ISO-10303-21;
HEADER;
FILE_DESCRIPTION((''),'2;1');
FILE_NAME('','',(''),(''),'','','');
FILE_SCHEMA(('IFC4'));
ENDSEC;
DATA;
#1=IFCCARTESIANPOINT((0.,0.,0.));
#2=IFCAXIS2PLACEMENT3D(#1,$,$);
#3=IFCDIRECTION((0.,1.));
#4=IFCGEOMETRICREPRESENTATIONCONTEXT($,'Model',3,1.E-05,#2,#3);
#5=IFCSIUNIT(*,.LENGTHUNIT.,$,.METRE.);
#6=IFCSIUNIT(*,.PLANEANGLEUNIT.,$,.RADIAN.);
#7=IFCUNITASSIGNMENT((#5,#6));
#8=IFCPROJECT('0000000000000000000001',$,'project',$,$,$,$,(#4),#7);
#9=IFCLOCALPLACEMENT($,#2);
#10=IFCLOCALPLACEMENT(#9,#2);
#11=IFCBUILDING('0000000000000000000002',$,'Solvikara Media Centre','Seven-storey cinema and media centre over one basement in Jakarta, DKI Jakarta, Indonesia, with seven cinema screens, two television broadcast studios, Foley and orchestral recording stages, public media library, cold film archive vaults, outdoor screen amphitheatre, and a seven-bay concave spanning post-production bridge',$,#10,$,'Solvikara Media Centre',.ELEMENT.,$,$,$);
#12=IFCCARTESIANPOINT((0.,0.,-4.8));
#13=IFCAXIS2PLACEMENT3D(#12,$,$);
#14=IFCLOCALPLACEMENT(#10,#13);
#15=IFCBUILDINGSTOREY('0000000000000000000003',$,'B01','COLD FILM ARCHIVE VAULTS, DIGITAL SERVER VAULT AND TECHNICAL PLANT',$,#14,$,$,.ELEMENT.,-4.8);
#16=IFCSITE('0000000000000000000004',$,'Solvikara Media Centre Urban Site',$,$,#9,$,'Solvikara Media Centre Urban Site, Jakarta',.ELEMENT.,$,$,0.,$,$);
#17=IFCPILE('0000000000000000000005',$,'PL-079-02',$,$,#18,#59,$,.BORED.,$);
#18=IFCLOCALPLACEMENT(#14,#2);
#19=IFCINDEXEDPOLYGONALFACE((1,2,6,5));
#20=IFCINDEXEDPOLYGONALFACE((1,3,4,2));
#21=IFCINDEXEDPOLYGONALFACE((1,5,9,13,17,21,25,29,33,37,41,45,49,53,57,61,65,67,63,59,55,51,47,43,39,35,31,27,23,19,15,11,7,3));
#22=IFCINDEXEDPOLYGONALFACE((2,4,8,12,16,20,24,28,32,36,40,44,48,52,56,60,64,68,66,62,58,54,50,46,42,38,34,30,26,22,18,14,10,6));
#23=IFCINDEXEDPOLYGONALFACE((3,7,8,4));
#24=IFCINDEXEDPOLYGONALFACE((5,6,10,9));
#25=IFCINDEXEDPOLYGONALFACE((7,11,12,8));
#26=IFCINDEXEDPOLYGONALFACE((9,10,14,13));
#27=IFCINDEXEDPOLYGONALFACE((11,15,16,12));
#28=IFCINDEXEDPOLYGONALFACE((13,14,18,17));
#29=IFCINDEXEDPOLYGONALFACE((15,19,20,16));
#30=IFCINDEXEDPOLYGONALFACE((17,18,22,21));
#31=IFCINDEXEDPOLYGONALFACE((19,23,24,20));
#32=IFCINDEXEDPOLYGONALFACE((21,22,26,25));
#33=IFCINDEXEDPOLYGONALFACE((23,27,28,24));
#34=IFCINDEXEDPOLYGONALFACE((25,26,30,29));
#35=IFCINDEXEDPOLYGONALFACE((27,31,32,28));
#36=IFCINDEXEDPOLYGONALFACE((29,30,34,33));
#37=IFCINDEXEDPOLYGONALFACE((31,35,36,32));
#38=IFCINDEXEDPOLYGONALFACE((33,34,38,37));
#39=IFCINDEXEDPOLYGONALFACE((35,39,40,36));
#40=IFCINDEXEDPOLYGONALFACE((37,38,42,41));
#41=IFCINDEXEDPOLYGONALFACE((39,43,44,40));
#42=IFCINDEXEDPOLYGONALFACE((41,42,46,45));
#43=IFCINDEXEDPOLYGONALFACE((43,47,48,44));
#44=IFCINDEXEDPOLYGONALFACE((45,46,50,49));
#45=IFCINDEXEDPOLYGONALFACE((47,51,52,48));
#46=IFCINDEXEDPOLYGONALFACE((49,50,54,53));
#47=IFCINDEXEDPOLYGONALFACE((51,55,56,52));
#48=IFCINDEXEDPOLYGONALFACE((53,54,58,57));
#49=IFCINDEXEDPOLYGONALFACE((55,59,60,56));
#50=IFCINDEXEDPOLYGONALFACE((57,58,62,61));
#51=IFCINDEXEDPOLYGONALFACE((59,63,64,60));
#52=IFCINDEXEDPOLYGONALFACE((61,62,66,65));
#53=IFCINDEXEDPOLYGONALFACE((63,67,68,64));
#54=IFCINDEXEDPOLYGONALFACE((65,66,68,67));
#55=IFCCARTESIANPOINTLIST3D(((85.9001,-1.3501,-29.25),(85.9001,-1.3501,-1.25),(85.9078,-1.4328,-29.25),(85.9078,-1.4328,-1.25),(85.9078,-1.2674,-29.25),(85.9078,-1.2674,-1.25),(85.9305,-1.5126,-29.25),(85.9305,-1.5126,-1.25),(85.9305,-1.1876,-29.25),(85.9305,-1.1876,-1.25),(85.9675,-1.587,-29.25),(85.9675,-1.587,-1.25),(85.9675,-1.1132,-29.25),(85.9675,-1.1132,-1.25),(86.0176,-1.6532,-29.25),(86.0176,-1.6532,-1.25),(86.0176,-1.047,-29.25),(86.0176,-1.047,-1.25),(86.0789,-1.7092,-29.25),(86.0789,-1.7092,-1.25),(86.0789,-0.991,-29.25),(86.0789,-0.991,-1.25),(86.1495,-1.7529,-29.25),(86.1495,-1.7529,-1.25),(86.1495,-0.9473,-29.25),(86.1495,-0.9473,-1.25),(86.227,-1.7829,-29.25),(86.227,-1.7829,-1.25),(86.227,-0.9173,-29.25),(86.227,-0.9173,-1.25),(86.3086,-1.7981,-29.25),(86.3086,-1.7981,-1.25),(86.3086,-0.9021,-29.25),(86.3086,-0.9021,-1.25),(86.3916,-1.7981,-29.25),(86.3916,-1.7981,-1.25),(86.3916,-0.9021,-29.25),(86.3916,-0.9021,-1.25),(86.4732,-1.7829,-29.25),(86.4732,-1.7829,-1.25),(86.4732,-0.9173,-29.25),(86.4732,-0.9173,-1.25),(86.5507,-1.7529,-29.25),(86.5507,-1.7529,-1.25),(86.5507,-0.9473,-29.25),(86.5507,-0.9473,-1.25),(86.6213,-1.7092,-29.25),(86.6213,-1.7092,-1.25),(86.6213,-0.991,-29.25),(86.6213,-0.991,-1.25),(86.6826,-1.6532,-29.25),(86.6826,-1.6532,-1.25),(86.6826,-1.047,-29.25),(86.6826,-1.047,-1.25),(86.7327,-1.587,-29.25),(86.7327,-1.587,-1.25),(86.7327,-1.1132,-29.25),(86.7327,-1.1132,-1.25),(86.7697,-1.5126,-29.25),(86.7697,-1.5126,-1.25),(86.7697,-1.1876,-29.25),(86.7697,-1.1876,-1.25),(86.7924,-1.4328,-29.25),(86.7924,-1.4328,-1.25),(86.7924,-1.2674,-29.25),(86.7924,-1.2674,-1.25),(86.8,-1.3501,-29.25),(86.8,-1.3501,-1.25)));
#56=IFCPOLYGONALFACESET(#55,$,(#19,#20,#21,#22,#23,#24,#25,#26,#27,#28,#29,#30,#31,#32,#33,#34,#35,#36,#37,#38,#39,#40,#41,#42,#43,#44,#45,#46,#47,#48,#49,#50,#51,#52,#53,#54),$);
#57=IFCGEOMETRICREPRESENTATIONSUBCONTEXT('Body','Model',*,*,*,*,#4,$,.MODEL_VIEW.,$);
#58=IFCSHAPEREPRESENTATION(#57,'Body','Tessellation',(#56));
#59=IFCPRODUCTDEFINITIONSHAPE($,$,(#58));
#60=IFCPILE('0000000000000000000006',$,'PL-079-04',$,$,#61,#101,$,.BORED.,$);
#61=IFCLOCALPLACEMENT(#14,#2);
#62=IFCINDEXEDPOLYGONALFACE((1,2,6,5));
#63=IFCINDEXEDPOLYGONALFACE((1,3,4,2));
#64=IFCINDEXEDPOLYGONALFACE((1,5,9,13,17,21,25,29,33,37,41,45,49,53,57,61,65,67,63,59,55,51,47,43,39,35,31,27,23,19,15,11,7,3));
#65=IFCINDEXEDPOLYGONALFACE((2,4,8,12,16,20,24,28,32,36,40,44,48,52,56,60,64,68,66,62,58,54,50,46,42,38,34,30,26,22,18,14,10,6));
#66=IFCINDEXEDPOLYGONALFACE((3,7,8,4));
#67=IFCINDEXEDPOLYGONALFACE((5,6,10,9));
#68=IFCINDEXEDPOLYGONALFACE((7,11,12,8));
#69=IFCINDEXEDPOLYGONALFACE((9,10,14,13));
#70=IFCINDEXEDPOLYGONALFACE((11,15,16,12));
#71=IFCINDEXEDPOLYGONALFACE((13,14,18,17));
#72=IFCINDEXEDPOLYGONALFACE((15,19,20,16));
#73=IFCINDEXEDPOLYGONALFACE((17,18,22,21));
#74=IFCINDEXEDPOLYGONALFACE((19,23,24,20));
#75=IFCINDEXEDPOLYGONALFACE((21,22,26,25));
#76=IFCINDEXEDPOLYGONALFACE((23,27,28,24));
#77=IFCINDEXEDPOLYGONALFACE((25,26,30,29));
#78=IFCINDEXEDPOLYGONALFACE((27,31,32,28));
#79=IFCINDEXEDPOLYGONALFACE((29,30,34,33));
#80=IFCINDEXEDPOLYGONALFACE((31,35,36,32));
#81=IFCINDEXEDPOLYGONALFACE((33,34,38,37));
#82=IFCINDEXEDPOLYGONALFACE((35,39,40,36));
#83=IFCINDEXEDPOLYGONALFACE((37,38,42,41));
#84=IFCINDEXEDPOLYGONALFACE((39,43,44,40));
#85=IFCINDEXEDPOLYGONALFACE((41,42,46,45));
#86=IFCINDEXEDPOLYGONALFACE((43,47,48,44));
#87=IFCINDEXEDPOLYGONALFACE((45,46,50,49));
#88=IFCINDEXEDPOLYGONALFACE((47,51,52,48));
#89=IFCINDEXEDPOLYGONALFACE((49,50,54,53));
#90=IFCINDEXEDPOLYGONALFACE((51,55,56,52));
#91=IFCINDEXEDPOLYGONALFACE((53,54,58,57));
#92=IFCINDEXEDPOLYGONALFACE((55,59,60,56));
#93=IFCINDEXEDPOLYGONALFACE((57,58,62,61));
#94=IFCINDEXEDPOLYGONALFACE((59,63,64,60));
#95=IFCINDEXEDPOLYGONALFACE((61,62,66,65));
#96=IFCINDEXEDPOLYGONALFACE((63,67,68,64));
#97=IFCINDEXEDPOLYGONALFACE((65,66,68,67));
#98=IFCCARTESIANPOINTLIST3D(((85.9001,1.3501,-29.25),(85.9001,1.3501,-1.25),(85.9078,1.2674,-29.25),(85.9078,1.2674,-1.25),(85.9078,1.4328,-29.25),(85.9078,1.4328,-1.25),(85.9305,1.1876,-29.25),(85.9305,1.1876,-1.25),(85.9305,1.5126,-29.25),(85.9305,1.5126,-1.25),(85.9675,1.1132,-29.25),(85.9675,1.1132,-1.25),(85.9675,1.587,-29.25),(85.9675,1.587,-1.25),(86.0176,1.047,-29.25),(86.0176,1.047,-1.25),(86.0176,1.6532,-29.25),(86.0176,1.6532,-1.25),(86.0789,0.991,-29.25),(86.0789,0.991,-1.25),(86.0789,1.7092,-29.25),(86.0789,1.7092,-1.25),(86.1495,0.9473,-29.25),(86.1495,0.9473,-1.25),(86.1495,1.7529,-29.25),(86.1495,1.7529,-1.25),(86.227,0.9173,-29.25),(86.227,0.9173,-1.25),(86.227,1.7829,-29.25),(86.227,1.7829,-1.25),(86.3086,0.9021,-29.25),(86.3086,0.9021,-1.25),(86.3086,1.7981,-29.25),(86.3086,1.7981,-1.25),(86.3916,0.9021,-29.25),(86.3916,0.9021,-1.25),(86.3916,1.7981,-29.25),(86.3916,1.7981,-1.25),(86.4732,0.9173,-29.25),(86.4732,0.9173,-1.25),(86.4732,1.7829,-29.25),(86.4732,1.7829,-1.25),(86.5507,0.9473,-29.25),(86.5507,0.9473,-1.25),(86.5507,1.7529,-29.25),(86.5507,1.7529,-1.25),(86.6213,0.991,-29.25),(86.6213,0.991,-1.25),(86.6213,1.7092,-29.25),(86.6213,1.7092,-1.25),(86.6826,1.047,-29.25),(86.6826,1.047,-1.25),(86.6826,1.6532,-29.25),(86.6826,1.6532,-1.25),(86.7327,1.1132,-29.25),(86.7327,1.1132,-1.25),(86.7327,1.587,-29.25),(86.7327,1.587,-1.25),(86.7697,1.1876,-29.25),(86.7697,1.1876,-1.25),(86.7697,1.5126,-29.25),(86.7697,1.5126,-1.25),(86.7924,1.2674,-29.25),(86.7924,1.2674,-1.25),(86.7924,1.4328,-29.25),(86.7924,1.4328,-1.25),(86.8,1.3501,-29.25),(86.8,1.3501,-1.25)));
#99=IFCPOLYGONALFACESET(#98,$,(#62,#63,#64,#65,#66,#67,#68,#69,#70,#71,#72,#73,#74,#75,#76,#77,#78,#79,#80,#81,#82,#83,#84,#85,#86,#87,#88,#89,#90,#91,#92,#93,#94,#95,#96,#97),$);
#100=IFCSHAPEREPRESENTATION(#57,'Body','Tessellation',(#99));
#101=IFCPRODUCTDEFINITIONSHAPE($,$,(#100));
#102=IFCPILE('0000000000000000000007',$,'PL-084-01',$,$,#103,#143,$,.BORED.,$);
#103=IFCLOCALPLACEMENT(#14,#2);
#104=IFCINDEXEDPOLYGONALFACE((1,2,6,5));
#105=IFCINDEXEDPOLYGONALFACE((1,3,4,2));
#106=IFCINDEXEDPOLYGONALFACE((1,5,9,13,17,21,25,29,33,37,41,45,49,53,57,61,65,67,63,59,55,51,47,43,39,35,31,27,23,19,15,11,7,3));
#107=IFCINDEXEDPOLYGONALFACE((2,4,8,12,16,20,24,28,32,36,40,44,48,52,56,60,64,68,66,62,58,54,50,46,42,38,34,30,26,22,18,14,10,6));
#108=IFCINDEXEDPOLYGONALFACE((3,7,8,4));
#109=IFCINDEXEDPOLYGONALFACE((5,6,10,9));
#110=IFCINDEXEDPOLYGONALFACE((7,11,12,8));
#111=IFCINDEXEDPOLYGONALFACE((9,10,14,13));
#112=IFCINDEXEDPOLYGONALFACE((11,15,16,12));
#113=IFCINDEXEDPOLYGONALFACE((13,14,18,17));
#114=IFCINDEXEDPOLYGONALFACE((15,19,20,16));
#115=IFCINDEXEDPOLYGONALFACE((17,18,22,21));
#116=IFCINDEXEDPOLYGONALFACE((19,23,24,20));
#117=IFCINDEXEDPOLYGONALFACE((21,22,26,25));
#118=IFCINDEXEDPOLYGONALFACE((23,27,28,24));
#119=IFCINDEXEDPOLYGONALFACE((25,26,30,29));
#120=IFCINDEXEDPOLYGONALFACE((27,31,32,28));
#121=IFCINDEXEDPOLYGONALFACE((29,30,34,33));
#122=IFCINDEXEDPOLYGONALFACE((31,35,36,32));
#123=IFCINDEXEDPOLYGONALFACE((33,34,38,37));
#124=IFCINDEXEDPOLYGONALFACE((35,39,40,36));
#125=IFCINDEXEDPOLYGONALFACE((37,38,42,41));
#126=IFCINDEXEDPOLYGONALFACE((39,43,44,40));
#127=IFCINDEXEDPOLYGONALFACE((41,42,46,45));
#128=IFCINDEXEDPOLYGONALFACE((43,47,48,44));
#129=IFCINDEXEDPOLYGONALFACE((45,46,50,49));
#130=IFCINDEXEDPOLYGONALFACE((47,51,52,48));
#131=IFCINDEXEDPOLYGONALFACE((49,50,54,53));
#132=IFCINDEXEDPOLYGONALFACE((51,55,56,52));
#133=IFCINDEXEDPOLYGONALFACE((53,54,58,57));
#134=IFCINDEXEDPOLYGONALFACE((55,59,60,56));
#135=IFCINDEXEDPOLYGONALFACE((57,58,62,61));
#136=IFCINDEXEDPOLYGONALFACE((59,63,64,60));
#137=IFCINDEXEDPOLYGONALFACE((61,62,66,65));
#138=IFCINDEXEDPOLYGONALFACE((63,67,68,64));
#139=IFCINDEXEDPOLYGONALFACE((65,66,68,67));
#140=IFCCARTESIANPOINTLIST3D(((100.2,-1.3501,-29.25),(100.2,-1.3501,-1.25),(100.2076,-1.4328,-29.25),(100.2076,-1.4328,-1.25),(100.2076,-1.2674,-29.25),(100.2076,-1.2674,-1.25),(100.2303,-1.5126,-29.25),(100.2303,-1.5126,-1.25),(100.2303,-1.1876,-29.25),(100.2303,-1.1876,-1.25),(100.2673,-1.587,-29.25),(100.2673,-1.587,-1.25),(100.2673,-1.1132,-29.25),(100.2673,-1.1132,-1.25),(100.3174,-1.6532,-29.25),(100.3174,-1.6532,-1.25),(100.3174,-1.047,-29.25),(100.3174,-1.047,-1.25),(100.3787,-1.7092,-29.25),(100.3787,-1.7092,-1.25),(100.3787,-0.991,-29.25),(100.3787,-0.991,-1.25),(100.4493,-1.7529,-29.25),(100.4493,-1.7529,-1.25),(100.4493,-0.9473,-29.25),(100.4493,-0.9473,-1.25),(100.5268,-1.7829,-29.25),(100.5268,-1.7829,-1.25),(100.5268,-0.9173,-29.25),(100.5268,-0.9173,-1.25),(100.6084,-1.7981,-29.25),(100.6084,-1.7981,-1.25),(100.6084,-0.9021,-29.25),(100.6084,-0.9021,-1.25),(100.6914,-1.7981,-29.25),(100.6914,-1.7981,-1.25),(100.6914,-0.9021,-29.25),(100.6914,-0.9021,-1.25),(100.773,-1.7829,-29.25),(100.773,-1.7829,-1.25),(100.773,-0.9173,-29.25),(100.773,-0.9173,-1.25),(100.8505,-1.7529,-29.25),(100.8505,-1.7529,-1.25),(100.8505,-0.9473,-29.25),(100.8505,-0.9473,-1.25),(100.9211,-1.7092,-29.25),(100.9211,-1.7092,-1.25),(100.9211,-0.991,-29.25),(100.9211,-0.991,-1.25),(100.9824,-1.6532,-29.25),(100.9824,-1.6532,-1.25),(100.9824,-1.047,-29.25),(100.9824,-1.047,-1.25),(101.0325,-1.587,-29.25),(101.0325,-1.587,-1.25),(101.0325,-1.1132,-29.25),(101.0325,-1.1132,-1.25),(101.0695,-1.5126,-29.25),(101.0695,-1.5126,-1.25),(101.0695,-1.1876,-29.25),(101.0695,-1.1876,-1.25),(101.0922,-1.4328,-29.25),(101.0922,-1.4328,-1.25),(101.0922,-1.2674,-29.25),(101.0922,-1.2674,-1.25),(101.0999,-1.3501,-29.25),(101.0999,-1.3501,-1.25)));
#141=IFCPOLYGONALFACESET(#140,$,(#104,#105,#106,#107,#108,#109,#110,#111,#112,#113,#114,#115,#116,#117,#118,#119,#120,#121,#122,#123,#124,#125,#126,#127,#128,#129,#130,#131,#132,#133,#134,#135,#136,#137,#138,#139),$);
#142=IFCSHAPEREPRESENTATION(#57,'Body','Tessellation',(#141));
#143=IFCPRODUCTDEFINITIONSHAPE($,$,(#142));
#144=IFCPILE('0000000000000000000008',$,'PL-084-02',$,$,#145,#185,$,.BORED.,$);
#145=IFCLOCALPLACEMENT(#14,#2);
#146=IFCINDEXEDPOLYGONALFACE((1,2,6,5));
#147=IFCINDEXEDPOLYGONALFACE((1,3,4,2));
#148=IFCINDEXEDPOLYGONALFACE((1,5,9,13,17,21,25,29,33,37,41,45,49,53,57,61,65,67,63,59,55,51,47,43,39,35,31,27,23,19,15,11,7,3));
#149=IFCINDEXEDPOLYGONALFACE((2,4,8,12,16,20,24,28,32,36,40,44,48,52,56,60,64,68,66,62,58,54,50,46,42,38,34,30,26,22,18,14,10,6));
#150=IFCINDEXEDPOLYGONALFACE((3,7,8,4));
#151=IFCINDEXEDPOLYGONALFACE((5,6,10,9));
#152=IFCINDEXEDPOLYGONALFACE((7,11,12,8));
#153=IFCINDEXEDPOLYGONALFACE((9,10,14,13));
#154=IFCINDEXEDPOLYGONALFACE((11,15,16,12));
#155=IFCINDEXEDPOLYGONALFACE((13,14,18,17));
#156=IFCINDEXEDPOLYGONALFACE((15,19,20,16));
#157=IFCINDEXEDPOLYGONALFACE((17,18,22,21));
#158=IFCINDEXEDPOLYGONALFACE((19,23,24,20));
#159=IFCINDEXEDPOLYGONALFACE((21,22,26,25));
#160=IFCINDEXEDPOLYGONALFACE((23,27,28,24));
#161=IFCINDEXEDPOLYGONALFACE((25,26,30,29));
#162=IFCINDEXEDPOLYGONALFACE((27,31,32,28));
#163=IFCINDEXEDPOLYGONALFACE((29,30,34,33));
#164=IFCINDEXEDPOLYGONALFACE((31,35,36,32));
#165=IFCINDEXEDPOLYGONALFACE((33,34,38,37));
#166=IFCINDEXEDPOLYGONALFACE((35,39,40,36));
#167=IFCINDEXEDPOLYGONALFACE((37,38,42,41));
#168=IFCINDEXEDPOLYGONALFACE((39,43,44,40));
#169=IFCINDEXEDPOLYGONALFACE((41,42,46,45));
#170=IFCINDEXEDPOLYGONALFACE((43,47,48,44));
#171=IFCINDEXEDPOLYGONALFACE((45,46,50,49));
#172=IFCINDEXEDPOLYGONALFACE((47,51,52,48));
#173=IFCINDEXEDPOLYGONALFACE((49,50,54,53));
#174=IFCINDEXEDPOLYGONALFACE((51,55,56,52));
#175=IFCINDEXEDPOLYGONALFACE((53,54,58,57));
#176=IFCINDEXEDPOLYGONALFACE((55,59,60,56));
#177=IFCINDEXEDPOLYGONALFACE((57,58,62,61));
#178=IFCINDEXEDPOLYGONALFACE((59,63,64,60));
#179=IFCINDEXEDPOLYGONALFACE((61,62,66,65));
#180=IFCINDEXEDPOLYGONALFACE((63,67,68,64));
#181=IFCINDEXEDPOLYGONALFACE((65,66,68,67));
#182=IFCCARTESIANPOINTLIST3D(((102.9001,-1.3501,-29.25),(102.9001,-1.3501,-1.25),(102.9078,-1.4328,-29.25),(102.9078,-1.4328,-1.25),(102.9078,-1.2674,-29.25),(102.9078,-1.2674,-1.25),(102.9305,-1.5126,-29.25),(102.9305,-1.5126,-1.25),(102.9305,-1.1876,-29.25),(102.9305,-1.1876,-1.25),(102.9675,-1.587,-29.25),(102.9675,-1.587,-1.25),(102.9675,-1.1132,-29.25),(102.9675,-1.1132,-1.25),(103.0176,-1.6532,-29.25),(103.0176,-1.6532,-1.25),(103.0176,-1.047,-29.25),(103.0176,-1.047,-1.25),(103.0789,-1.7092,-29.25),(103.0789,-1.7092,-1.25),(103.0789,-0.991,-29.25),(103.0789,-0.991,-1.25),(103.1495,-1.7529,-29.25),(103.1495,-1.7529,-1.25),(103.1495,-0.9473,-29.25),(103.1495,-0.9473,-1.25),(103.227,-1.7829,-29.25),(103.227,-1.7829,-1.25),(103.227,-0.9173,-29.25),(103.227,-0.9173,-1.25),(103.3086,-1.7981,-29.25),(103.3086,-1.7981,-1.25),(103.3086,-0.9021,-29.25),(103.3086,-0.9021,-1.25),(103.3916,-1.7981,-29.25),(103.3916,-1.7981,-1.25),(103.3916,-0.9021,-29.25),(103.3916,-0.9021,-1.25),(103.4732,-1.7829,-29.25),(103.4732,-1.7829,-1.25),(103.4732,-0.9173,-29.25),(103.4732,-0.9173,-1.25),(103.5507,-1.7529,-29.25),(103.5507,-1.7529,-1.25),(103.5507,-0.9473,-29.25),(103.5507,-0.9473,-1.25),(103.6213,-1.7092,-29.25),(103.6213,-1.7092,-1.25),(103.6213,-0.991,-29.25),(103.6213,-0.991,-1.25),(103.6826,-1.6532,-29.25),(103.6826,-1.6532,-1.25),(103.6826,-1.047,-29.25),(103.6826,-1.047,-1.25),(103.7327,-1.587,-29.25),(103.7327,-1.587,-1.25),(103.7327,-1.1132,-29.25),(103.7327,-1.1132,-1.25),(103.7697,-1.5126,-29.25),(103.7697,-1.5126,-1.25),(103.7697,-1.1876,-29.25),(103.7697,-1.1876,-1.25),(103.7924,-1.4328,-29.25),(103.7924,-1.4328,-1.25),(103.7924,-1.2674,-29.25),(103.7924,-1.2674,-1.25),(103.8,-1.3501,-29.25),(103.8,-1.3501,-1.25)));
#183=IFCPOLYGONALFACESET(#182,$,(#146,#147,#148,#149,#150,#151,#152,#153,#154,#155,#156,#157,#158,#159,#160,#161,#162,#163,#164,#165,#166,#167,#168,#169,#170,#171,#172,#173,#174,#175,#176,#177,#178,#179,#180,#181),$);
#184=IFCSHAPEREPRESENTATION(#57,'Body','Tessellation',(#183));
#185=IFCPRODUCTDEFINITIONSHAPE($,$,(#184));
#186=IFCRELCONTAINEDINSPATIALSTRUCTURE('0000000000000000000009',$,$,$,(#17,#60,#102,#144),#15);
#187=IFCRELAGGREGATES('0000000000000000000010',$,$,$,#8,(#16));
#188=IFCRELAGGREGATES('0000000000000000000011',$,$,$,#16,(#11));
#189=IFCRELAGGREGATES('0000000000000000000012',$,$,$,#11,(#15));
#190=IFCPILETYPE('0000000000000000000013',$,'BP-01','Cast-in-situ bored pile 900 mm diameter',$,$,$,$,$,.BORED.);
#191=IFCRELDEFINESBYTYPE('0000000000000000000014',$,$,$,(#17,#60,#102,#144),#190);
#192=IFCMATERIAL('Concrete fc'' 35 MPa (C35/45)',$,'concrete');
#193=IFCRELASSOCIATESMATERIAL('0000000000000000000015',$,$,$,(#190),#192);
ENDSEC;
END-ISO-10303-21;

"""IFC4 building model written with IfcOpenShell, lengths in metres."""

from ifc_helpers import new_model, si_unit, direction, frame, origin, origin_2d, place, context, subcontext, project, spatial, circle, extrude, material, material_profile, profile_set, type_object, element, save


model = new_model("IFC4")

# Units and contexts
model_context = context("Model", 3, precision=1e-05, world=origin(), true_north=direction((0.0, 1.0)))
body_context = subcontext(model_context, "Body", "Model", "MODEL_VIEW")
ifc_project = project(units=[si_unit("LENGTHUNIT", "METRE"), si_unit("PLANEANGLEUNIT", "RADIAN")], contexts=[model_context])

# Site, building, storey
site_placement = place(None, origin())
site = spatial("IfcSite", under=ifc_project, at=site_placement, Name="Solvikara Media Centre Urban Site", LongName="Solvikara Media Centre Urban Site, Jakarta", CompositionType="ELEMENT", RefElevation=0.0)
building_placement = place(site_placement, origin())
building = spatial("IfcBuilding", under=site, at=building_placement, Name="Solvikara Media Centre", Description="Seven-storey cinema and media centre over one basement in Jakarta, DKI Jakarta, Indonesia, with seven cinema screens, two television broadcast studios, Foley and orchestral recording stages, public media library, cold film archive vaults, outdoor screen amphitheatre, and a seven-bay concave spanning post-production bridge", LongName="Solvikara Media Centre", CompositionType="ELEMENT")
storey_placement = place(building_placement, frame((0.0, 0.0, -4.8)))
storey = spatial("IfcBuildingStorey", under=building, at=storey_placement, Name="B01", Description="COLD FILM ARCHIVE VAULTS, DIGITAL SERVER VAULT AND TECHNICAL PLANT", CompositionType="ELEMENT", Elevation=-4.8)

# Piles
ifc_material_1 = material(Name="Concrete fc' 35 MPa (C35/45)", Category="concrete")
ifc_material_profile_1 = material_profile(ifc_material_1, circle(Radius=0.45, at=origin_2d()), Name="BORED PILE D900")
ifc_profile_set_1 = profile_set([ifc_material_profile_1], Name="Concrete fc' 35 MPa (C35/45)")
pile_type_1 = type_object("IfcPileType", Name="BP-01", Description="Cast-in-situ bored pile 900 mm diameter", PredefinedType="BORED", material=ifc_profile_set_1)
for number, where, z_axis, x_axis, name in (
    (1, (86.3501, -1.3501, -1.25), (0.0, 0.0, -1.0), (1.0, 0.0, 0.0), "PL-079-02"),
    (2, (86.3501, 1.3501, -1.25), (0.0, 0.0, -1.0), (1.0, 0.0, 0.0), "PL-079-04"),
    (3, (100.6499, -1.3501, -1.25), (0.0, 0.0, -1.0), (1.0, 0.0, 0.0), "PL-084-01"),
    (4, (103.3501, -1.3501, -1.25), (0.0, 0.0, -1.0), (1.0, 0.0, 0.0), "PL-084-02"),
):
    element("IfcPile", number, at=place(storey_placement, frame(where, z_axis=z_axis, x_axis=x_axis)), inside=storey, type_object=pile_type_1, Name=name, PredefinedType="BORED", context=body_context, shape_type="SweptSolid", body=[
        extrude(circle(Radius=0.45, at=origin_2d()), origin(), (0.0, 0.0, 1.0), 28.0),
    ])

save(model, "model.ifc")
